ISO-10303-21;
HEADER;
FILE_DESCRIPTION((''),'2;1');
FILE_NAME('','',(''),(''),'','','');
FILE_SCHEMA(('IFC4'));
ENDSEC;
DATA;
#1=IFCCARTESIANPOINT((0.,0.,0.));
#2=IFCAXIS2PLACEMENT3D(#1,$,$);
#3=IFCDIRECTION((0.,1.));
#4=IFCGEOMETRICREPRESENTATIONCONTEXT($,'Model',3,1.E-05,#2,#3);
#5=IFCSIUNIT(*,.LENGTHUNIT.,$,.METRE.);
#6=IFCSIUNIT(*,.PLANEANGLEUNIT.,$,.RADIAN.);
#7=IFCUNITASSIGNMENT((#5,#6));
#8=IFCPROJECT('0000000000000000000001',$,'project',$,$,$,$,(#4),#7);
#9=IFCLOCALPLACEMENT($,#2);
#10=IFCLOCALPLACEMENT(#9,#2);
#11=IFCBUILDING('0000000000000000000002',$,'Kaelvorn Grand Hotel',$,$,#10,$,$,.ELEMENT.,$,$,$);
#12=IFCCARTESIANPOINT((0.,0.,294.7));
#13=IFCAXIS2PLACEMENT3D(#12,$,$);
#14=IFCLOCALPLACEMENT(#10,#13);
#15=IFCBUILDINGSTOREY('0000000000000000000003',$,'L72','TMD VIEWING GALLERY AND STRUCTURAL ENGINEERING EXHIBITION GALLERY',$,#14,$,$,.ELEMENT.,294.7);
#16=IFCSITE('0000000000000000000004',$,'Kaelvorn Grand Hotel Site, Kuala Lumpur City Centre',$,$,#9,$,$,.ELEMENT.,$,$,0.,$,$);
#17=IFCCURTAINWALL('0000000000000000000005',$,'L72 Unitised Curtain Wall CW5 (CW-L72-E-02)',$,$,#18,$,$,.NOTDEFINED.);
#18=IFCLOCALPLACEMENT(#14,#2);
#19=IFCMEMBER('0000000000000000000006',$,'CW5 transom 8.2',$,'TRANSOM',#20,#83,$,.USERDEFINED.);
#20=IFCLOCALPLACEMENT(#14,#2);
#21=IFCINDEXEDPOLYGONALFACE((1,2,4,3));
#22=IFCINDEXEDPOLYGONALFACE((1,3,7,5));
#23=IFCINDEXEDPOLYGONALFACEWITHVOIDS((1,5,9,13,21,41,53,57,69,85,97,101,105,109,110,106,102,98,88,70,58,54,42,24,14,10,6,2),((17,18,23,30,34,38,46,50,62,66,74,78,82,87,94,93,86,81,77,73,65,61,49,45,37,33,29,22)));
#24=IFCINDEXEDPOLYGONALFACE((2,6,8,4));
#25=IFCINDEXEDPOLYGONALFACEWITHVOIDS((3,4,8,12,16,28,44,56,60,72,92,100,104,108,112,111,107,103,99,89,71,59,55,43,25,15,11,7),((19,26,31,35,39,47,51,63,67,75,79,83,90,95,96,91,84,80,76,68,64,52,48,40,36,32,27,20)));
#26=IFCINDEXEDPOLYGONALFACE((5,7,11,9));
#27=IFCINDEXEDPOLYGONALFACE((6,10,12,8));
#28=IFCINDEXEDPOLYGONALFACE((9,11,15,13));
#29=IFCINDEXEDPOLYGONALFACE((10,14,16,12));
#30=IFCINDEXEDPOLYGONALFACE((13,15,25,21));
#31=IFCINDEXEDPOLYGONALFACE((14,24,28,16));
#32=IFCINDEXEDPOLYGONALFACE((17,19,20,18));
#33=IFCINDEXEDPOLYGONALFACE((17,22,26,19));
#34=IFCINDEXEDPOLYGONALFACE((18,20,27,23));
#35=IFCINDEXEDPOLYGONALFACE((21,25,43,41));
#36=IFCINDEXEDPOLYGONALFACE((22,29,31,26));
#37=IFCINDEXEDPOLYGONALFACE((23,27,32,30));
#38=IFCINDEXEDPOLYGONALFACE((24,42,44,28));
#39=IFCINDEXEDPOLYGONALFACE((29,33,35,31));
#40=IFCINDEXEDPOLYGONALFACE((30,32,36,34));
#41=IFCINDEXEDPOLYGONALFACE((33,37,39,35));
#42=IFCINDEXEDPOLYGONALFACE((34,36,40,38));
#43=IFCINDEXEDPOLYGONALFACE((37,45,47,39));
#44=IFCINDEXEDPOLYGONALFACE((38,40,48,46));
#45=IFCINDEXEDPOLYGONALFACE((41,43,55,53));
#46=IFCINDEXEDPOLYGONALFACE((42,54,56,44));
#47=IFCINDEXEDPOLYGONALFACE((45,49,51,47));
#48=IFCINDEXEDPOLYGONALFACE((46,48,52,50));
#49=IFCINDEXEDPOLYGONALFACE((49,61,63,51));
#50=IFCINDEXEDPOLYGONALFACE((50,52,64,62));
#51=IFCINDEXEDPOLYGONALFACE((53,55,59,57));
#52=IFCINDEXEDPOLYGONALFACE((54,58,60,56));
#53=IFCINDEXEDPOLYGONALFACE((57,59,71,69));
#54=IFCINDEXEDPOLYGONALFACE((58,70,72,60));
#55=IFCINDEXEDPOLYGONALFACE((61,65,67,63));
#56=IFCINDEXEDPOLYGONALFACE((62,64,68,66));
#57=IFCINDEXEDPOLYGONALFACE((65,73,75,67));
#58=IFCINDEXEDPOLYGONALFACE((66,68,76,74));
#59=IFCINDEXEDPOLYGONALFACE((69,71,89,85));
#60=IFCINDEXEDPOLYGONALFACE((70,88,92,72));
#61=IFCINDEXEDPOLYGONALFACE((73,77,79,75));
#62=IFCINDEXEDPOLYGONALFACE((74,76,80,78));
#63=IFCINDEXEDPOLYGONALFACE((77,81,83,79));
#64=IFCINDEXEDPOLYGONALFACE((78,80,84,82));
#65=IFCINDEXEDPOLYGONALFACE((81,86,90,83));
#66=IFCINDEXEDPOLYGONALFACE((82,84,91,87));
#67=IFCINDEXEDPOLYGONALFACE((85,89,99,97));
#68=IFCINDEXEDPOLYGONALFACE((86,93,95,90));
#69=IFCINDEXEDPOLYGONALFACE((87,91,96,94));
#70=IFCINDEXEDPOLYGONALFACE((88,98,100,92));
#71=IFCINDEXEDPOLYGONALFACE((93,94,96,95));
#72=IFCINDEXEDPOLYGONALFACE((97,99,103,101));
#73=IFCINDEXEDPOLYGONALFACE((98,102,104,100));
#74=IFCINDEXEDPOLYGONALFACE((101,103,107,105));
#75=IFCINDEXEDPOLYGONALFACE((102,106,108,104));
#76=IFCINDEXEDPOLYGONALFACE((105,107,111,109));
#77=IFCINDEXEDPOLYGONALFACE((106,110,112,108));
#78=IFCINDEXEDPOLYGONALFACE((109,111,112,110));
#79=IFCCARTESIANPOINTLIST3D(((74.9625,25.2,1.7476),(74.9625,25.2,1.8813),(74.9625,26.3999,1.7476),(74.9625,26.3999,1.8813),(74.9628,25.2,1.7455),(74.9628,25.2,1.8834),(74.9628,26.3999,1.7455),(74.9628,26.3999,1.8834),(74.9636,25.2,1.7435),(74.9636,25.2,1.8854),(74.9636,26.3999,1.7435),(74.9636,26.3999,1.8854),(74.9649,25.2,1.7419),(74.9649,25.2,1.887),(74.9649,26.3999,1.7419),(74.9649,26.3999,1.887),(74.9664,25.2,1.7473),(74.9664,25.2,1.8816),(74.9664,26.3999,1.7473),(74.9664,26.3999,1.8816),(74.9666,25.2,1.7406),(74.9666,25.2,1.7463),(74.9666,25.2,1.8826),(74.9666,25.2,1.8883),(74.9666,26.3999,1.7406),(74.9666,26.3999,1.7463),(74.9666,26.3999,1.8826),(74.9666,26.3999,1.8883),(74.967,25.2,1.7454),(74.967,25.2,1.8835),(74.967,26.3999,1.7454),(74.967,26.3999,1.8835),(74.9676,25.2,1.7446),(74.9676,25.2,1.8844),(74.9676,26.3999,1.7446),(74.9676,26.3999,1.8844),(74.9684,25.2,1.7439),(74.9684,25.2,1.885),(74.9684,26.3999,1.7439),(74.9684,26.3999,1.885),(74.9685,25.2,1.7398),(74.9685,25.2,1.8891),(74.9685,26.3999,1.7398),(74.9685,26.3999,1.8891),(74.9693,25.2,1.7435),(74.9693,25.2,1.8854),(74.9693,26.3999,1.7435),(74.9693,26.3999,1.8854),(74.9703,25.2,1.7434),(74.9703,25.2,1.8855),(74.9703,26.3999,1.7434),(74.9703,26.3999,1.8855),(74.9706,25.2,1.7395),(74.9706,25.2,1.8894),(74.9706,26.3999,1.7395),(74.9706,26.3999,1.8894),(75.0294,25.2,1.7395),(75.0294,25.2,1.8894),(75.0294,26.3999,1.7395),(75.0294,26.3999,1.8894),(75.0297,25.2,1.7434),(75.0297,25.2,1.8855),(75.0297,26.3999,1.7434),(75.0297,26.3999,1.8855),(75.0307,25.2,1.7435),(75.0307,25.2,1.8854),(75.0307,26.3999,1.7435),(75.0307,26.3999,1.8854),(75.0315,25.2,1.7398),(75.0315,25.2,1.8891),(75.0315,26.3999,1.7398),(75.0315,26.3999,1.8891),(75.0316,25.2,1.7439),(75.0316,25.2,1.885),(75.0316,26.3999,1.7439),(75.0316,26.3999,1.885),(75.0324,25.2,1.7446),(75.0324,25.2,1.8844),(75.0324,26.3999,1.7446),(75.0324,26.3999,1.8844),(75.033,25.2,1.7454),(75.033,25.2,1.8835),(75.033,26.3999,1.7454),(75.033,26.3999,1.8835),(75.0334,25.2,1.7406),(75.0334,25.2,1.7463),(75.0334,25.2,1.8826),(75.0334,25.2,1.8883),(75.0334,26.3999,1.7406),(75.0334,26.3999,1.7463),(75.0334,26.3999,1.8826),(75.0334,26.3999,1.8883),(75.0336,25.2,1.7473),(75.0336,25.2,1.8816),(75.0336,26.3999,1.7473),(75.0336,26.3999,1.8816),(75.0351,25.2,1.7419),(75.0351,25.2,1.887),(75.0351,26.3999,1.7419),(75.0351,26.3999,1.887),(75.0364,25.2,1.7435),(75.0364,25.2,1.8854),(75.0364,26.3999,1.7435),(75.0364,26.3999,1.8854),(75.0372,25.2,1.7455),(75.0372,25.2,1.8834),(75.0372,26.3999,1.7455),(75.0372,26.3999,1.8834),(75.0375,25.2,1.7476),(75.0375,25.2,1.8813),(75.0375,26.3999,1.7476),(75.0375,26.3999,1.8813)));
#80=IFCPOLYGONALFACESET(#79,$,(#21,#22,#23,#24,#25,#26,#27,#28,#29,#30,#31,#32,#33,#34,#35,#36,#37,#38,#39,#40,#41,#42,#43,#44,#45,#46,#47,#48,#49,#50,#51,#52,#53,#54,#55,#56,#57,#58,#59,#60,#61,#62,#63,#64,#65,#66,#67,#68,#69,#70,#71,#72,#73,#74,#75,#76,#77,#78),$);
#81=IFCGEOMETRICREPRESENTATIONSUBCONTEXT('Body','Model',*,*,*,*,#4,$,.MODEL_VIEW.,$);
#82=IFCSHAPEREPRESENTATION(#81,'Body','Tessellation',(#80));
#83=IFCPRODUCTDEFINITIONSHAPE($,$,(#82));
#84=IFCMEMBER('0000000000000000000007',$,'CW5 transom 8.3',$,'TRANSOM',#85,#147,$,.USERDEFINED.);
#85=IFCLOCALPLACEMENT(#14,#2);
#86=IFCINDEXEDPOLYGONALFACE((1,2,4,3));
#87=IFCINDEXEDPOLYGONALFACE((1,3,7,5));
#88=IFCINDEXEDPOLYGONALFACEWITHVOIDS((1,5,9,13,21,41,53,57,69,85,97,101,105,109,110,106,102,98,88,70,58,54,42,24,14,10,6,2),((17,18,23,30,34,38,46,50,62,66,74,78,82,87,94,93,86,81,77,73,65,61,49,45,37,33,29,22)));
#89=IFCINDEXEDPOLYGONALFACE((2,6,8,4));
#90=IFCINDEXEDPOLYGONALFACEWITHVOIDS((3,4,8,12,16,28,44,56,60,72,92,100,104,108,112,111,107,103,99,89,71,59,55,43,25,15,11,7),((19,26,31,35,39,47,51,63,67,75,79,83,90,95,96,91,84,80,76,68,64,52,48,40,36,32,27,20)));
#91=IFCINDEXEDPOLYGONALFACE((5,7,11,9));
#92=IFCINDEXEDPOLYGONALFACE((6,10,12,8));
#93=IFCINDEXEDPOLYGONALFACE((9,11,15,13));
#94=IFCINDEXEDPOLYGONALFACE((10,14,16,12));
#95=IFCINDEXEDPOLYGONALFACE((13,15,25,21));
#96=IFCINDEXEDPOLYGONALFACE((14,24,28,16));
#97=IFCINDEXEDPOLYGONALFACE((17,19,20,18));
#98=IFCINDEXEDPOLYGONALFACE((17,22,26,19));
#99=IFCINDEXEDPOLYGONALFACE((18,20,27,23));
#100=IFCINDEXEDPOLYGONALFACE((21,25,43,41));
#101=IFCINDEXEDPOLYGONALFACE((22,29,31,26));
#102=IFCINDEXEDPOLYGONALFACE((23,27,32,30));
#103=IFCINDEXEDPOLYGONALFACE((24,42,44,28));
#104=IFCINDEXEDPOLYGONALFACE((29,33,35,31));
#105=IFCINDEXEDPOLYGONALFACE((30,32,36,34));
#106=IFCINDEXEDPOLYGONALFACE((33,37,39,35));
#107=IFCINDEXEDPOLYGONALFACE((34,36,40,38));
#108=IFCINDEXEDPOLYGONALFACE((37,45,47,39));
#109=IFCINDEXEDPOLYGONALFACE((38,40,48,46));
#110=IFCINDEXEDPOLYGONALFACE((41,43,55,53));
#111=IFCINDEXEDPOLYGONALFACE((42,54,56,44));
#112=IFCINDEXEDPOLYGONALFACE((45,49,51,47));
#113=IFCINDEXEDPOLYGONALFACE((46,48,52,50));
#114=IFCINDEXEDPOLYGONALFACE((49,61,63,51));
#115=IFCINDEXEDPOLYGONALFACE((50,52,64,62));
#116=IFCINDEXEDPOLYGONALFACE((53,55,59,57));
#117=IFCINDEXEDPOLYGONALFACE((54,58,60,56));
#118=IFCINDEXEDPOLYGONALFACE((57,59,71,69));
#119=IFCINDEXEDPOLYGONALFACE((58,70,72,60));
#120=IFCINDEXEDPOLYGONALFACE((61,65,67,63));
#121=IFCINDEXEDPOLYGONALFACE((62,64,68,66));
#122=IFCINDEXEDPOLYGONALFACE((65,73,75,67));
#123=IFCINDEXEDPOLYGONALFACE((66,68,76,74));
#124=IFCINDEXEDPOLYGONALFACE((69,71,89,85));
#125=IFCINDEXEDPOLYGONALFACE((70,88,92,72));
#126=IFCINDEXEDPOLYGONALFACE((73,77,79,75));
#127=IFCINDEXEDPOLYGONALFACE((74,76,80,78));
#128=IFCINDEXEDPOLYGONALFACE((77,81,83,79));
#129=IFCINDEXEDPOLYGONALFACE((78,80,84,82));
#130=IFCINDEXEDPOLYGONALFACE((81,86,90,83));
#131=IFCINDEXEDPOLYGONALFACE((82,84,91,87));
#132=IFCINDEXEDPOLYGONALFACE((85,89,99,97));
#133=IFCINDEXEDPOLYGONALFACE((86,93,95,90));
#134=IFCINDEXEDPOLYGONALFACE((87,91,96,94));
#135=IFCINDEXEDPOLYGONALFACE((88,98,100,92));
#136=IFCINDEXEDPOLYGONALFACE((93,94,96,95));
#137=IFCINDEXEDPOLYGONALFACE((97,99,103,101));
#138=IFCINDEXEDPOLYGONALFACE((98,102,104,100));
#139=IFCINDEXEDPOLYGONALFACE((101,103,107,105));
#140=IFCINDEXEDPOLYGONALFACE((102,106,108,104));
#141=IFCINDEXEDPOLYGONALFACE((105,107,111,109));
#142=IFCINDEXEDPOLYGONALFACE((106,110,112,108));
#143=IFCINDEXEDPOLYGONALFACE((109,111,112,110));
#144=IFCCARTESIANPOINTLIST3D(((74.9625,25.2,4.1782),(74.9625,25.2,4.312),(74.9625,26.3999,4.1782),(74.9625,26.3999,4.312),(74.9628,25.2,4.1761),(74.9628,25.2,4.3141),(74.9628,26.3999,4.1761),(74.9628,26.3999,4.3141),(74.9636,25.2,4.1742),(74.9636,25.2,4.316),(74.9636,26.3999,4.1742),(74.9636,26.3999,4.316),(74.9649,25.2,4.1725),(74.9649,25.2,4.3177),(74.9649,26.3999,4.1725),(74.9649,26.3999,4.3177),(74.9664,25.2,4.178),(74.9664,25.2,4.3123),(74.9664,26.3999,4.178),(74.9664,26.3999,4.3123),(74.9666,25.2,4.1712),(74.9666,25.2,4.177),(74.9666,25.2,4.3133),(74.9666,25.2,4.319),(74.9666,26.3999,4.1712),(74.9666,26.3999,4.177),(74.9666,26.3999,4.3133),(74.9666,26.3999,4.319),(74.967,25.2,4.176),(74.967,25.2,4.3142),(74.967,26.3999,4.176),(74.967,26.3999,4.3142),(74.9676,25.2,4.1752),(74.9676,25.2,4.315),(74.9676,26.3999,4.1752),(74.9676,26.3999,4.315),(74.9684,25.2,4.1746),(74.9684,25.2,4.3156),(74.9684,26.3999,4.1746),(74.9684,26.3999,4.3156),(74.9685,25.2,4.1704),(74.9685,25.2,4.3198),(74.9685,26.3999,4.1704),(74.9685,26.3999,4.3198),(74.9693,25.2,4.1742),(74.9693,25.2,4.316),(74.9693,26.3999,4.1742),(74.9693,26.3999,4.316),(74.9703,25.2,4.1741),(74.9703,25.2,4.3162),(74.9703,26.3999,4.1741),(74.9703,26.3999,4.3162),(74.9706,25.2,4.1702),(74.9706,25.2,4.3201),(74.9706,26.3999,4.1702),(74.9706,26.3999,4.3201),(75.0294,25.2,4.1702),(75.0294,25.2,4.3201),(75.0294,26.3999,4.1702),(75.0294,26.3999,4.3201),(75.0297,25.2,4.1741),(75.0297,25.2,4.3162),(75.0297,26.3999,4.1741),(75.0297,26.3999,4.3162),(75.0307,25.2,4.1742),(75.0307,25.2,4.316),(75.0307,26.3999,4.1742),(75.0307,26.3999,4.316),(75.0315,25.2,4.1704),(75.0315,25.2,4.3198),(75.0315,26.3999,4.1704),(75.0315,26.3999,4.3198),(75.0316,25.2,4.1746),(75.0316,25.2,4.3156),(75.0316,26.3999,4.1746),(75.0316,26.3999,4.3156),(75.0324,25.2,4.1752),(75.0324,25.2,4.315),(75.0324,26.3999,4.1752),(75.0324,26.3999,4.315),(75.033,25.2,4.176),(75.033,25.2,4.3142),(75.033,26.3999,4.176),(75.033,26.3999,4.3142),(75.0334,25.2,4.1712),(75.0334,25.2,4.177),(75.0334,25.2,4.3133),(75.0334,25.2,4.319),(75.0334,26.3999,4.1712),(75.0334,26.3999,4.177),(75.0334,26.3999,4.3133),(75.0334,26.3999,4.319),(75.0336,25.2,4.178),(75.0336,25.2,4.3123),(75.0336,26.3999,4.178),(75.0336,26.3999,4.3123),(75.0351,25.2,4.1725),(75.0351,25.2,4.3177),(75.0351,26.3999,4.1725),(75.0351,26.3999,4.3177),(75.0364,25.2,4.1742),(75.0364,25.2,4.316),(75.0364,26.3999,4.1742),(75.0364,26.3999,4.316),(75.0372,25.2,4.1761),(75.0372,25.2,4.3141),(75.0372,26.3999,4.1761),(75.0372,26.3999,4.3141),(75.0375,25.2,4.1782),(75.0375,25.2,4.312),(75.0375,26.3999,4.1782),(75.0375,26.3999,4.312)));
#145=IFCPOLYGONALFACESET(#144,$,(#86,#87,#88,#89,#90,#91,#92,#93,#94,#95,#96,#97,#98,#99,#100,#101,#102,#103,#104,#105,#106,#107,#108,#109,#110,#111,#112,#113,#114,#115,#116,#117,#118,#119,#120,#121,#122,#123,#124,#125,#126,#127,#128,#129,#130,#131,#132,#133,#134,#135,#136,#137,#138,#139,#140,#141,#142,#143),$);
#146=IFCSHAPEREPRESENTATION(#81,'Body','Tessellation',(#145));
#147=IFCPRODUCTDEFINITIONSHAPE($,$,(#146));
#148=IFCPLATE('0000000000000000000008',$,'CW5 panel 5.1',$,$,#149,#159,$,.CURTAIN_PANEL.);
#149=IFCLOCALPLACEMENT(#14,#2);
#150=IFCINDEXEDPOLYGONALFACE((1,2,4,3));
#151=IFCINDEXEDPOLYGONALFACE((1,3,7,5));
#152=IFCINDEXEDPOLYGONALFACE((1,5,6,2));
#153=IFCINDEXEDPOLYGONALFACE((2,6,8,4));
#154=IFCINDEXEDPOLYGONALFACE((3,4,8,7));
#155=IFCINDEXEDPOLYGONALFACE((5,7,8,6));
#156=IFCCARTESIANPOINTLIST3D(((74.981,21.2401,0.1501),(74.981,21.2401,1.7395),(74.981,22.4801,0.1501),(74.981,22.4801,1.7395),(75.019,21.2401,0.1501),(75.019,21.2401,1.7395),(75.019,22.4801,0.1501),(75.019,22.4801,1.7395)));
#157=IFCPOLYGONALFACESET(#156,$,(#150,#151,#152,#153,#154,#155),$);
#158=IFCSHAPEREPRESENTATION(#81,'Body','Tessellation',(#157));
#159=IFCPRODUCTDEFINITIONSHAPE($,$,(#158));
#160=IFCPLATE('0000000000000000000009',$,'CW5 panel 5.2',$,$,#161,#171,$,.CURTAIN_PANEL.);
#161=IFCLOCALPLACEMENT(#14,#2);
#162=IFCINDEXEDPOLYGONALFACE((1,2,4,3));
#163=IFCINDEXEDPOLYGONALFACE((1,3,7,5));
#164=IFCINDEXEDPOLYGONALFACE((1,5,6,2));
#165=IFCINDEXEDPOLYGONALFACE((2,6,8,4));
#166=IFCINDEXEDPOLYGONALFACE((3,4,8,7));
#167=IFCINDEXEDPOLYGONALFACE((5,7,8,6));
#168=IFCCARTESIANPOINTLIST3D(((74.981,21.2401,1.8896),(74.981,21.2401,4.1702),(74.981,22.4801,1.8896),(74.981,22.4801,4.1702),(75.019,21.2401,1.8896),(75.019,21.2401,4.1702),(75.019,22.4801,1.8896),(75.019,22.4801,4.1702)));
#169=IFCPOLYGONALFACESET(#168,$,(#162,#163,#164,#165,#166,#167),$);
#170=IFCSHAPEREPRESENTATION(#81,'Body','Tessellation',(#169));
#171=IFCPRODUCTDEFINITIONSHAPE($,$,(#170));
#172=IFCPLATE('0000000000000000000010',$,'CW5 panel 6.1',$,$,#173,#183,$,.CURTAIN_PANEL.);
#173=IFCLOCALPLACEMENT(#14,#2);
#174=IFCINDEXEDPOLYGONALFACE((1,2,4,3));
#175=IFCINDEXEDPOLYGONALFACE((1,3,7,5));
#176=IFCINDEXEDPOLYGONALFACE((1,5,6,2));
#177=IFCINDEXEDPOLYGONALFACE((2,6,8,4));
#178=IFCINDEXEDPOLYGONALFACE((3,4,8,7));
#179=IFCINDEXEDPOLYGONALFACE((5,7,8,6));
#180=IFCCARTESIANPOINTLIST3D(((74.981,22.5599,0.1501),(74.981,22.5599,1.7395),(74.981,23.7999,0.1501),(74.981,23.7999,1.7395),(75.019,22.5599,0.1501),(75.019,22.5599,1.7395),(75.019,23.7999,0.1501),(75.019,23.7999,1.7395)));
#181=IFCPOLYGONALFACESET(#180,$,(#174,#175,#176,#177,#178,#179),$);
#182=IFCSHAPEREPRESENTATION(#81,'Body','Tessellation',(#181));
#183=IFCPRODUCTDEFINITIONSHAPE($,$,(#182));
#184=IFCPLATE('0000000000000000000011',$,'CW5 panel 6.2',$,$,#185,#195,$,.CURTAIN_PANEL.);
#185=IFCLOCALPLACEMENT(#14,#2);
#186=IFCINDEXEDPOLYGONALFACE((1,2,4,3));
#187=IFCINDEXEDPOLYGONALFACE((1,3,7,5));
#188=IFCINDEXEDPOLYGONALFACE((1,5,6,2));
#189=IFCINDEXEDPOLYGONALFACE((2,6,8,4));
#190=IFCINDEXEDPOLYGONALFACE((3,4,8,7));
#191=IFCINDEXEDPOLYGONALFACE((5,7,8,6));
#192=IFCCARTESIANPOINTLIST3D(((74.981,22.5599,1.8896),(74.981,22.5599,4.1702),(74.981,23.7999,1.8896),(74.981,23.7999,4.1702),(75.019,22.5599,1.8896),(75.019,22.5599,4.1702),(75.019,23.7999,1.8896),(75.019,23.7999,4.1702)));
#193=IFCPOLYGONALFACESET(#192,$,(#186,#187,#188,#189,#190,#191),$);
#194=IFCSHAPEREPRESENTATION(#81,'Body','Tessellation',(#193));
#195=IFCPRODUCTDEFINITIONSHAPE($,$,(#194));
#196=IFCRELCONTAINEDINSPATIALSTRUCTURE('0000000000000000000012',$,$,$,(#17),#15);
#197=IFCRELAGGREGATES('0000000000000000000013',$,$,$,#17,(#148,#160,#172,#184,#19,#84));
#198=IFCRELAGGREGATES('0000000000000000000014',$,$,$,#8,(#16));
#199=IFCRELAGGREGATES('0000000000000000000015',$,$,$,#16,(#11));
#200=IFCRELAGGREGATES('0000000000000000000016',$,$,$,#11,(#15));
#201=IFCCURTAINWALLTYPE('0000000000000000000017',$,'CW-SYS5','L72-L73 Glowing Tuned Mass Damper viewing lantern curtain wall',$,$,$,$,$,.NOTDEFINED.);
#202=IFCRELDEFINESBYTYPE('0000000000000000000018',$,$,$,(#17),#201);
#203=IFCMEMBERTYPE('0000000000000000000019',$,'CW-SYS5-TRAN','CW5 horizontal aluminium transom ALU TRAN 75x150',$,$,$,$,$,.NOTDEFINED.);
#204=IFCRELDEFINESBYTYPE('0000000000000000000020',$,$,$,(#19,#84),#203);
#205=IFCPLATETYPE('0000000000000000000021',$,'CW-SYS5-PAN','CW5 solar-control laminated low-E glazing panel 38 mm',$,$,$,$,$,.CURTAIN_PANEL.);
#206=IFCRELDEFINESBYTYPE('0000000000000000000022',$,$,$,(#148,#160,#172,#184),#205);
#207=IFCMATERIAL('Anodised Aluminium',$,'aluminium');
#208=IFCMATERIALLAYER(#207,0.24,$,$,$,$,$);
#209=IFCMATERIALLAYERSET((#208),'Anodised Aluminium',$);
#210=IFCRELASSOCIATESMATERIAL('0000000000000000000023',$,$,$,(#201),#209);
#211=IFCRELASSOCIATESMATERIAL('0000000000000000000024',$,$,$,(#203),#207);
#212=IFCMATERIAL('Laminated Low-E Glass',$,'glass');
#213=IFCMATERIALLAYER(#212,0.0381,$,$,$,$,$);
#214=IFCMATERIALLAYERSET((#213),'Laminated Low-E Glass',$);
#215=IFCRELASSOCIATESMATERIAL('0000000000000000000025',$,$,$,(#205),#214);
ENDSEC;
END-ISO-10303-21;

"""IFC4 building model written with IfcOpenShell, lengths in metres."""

from ifc_helpers import new_model, si_unit, direction, frame, origin, origin_2d, place, context, subcontext, project, spatial, rectangle, hollow_rectangle, extrude, material, layer, layer_set, material_profile, profile_set, type_object, element, aggregate, save


model = new_model("IFC4")

# Units and contexts
model_context = context("Model", 3, precision=1e-05, world=origin(), true_north=direction((0.0, 1.0)))
body_context = subcontext(model_context, "Body", "Model", "MODEL_VIEW")
ifc_project = project(units=[si_unit("LENGTHUNIT", "METRE"), si_unit("PLANEANGLEUNIT", "RADIAN")], contexts=[model_context])

# Site, building, storey
site_placement = place(None, origin())
site = spatial("IfcSite", under=ifc_project, at=site_placement, Name="Kaelvorn Grand Hotel Site, Kuala Lumpur City Centre", CompositionType="ELEMENT", RefElevation=0.0)
building_placement = place(site_placement, origin())
building = spatial("IfcBuilding", under=site, at=building_placement, Name="Kaelvorn Grand Hotel", CompositionType="ELEMENT")
storey_placement = place(building_placement, frame((0.0, 0.0, 294.7)))
storey = spatial("IfcBuildingStorey", under=building, at=storey_placement, Name="L72", Description="TMD VIEWING GALLERY AND STRUCTURAL ENGINEERING EXHIBITION GALLERY", CompositionType="ELEMENT", Elevation=294.7)

# Curtain wall, members, plates
ifc_material_1 = material(Name="Anodised Aluminium", Category="aluminium")
ifc_layer_1 = layer(ifc_material_1, 0.24)
ifc_layer_set_1 = layer_set([ifc_layer_1], Name="Anodised Aluminium")
curtain_wall_type = type_object("IfcCurtainWallType", Name="CW-SYS5", Description="L72-L73 Glowing Tuned Mass Damper viewing lantern curtain wall", PredefinedType="NOTDEFINED", material=ifc_layer_set_1)
curtain_wall_placement = place(storey_placement, origin())
curtain_wall = element("IfcCurtainWall", 1, at=curtain_wall_placement, inside=storey, type_object=curtain_wall_type, Name="L72 Unitised Curtain Wall CW5 (CW-L72-E-02)", PredefinedType="NOTDEFINED")
ifc_material_profile_1 = material_profile(ifc_material_1, hollow_rectangle(XDim=0.075, YDim=0.1499, WallThickness=0.0039, InnerFilletRadius=0.0039, OuterFilletRadius=0.0081, at=origin_2d()), Name="ALU TRAN 75x150")
ifc_profile_set_1 = profile_set([ifc_material_profile_1], Name="Anodised Aluminium")
member_type_1 = type_object("IfcMemberType", Name="CW-SYS5-TRAN", Description="CW5 horizontal aluminium transom ALU TRAN 75x150", PredefinedType="NOTDEFINED", material=ifc_profile_set_1)
member_1_placement = place(storey_placement, frame((75.0, 25.2, 1.8145), z_axis=(0.0, 1.0, 0.0), x_axis=(-1.0, 0.0, 0.0)))
member_1 = element("IfcMember", 2, at=member_1_placement, type_object=member_type_1, Name="CW5 transom 8.2", ObjectType="TRANSOM", PredefinedType="USERDEFINED", context=body_context, shape_type="SweptSolid", body=[
    extrude(hollow_rectangle(XDim=0.075, YDim=0.1499, WallThickness=0.0039, InnerFilletRadius=0.0039, OuterFilletRadius=0.0081, at=origin_2d()), origin(), (0.0, 0.0, 1.0), 1.2),
])
member_2_placement = place(storey_placement, frame((75.0, 25.2, 4.2451), z_axis=(0.0, 1.0, 0.0), x_axis=(-1.0, 0.0, 0.0)))
member_2 = element("IfcMember", 3, at=member_2_placement, type_object=member_type_1, Name="CW5 transom 8.3", ObjectType="TRANSOM", PredefinedType="USERDEFINED", context=body_context, shape_type="SweptSolid", body=[
    extrude(hollow_rectangle(XDim=0.075, YDim=0.1499, WallThickness=0.0039, InnerFilletRadius=0.0039, OuterFilletRadius=0.0081, at=origin_2d()), origin(), (0.0, 0.0, 1.0), 1.2),
])
ifc_material_2 = material(Name="Laminated Low-E Glass", Category="glass")
ifc_layer_2 = layer(ifc_material_2, 0.0381)
ifc_layer_set_2 = layer_set([ifc_layer_2], Name="Laminated Low-E Glass")
plate_type = type_object("IfcPlateType", Name="CW-SYS5-PAN", Description="CW5 solar-control laminated low-E glazing panel 38 mm", PredefinedType="CURTAIN_PANEL", material=ifc_layer_set_2)
plate_1_placement = place(storey_placement, frame((75.0, 21.8601, 0.1501), z_axis=(0.0, 0.0, 1.0), x_axis=(0.0, 1.0, 0.0)))
plate_1 = element("IfcPlate", 4, at=plate_1_placement, type_object=plate_type, Name="CW5 panel 5.1", PredefinedType="CURTAIN_PANEL", context=body_context, shape_type="SweptSolid", body=[
    extrude(rectangle(XDim=1.24, YDim=0.0381, at=origin_2d()), origin(), (0.0, 0.0, 1.0), 1.5894),
])
plate_2_placement = place(storey_placement, frame((75.0, 21.8601, 1.8896), z_axis=(0.0, 0.0, 1.0), x_axis=(0.0, 1.0, 0.0)))
plate_2 = element("IfcPlate", 5, at=plate_2_placement, type_object=plate_type, Name="CW5 panel 5.2", PredefinedType="CURTAIN_PANEL", context=body_context, shape_type="SweptSolid", body=[
    extrude(rectangle(XDim=1.24, YDim=0.0381, at=origin_2d()), origin(), (0.0, 0.0, 1.0), 2.2805),
])
plate_3_placement = place(storey_placement, frame((75.0, 23.1799, 0.1501), z_axis=(0.0, 0.0, 1.0), x_axis=(0.0, 1.0, 0.0)))
plate_3 = element("IfcPlate", 6, at=plate_3_placement, type_object=plate_type, Name="CW5 panel 6.1", PredefinedType="CURTAIN_PANEL", context=body_context, shape_type="SweptSolid", body=[
    extrude(rectangle(XDim=1.24, YDim=0.0381, at=origin_2d()), origin(), (0.0, 0.0, 1.0), 1.5894),
])
plate_4_placement = place(storey_placement, frame((75.0, 23.1799, 1.8896), z_axis=(0.0, 0.0, 1.0), x_axis=(0.0, 1.0, 0.0)))
plate_4 = element("IfcPlate", 7, at=plate_4_placement, type_object=plate_type, Name="CW5 panel 6.2", PredefinedType="CURTAIN_PANEL", context=body_context, shape_type="SweptSolid", body=[
    extrude(rectangle(XDim=1.24, YDim=0.0381, at=origin_2d()), origin(), (0.0, 0.0, 1.0), 2.2805),
])
aggregate(curtain_wall, [plate_1, plate_2, plate_3, plate_4, member_1, member_2])

save(model, "model.ifc")
